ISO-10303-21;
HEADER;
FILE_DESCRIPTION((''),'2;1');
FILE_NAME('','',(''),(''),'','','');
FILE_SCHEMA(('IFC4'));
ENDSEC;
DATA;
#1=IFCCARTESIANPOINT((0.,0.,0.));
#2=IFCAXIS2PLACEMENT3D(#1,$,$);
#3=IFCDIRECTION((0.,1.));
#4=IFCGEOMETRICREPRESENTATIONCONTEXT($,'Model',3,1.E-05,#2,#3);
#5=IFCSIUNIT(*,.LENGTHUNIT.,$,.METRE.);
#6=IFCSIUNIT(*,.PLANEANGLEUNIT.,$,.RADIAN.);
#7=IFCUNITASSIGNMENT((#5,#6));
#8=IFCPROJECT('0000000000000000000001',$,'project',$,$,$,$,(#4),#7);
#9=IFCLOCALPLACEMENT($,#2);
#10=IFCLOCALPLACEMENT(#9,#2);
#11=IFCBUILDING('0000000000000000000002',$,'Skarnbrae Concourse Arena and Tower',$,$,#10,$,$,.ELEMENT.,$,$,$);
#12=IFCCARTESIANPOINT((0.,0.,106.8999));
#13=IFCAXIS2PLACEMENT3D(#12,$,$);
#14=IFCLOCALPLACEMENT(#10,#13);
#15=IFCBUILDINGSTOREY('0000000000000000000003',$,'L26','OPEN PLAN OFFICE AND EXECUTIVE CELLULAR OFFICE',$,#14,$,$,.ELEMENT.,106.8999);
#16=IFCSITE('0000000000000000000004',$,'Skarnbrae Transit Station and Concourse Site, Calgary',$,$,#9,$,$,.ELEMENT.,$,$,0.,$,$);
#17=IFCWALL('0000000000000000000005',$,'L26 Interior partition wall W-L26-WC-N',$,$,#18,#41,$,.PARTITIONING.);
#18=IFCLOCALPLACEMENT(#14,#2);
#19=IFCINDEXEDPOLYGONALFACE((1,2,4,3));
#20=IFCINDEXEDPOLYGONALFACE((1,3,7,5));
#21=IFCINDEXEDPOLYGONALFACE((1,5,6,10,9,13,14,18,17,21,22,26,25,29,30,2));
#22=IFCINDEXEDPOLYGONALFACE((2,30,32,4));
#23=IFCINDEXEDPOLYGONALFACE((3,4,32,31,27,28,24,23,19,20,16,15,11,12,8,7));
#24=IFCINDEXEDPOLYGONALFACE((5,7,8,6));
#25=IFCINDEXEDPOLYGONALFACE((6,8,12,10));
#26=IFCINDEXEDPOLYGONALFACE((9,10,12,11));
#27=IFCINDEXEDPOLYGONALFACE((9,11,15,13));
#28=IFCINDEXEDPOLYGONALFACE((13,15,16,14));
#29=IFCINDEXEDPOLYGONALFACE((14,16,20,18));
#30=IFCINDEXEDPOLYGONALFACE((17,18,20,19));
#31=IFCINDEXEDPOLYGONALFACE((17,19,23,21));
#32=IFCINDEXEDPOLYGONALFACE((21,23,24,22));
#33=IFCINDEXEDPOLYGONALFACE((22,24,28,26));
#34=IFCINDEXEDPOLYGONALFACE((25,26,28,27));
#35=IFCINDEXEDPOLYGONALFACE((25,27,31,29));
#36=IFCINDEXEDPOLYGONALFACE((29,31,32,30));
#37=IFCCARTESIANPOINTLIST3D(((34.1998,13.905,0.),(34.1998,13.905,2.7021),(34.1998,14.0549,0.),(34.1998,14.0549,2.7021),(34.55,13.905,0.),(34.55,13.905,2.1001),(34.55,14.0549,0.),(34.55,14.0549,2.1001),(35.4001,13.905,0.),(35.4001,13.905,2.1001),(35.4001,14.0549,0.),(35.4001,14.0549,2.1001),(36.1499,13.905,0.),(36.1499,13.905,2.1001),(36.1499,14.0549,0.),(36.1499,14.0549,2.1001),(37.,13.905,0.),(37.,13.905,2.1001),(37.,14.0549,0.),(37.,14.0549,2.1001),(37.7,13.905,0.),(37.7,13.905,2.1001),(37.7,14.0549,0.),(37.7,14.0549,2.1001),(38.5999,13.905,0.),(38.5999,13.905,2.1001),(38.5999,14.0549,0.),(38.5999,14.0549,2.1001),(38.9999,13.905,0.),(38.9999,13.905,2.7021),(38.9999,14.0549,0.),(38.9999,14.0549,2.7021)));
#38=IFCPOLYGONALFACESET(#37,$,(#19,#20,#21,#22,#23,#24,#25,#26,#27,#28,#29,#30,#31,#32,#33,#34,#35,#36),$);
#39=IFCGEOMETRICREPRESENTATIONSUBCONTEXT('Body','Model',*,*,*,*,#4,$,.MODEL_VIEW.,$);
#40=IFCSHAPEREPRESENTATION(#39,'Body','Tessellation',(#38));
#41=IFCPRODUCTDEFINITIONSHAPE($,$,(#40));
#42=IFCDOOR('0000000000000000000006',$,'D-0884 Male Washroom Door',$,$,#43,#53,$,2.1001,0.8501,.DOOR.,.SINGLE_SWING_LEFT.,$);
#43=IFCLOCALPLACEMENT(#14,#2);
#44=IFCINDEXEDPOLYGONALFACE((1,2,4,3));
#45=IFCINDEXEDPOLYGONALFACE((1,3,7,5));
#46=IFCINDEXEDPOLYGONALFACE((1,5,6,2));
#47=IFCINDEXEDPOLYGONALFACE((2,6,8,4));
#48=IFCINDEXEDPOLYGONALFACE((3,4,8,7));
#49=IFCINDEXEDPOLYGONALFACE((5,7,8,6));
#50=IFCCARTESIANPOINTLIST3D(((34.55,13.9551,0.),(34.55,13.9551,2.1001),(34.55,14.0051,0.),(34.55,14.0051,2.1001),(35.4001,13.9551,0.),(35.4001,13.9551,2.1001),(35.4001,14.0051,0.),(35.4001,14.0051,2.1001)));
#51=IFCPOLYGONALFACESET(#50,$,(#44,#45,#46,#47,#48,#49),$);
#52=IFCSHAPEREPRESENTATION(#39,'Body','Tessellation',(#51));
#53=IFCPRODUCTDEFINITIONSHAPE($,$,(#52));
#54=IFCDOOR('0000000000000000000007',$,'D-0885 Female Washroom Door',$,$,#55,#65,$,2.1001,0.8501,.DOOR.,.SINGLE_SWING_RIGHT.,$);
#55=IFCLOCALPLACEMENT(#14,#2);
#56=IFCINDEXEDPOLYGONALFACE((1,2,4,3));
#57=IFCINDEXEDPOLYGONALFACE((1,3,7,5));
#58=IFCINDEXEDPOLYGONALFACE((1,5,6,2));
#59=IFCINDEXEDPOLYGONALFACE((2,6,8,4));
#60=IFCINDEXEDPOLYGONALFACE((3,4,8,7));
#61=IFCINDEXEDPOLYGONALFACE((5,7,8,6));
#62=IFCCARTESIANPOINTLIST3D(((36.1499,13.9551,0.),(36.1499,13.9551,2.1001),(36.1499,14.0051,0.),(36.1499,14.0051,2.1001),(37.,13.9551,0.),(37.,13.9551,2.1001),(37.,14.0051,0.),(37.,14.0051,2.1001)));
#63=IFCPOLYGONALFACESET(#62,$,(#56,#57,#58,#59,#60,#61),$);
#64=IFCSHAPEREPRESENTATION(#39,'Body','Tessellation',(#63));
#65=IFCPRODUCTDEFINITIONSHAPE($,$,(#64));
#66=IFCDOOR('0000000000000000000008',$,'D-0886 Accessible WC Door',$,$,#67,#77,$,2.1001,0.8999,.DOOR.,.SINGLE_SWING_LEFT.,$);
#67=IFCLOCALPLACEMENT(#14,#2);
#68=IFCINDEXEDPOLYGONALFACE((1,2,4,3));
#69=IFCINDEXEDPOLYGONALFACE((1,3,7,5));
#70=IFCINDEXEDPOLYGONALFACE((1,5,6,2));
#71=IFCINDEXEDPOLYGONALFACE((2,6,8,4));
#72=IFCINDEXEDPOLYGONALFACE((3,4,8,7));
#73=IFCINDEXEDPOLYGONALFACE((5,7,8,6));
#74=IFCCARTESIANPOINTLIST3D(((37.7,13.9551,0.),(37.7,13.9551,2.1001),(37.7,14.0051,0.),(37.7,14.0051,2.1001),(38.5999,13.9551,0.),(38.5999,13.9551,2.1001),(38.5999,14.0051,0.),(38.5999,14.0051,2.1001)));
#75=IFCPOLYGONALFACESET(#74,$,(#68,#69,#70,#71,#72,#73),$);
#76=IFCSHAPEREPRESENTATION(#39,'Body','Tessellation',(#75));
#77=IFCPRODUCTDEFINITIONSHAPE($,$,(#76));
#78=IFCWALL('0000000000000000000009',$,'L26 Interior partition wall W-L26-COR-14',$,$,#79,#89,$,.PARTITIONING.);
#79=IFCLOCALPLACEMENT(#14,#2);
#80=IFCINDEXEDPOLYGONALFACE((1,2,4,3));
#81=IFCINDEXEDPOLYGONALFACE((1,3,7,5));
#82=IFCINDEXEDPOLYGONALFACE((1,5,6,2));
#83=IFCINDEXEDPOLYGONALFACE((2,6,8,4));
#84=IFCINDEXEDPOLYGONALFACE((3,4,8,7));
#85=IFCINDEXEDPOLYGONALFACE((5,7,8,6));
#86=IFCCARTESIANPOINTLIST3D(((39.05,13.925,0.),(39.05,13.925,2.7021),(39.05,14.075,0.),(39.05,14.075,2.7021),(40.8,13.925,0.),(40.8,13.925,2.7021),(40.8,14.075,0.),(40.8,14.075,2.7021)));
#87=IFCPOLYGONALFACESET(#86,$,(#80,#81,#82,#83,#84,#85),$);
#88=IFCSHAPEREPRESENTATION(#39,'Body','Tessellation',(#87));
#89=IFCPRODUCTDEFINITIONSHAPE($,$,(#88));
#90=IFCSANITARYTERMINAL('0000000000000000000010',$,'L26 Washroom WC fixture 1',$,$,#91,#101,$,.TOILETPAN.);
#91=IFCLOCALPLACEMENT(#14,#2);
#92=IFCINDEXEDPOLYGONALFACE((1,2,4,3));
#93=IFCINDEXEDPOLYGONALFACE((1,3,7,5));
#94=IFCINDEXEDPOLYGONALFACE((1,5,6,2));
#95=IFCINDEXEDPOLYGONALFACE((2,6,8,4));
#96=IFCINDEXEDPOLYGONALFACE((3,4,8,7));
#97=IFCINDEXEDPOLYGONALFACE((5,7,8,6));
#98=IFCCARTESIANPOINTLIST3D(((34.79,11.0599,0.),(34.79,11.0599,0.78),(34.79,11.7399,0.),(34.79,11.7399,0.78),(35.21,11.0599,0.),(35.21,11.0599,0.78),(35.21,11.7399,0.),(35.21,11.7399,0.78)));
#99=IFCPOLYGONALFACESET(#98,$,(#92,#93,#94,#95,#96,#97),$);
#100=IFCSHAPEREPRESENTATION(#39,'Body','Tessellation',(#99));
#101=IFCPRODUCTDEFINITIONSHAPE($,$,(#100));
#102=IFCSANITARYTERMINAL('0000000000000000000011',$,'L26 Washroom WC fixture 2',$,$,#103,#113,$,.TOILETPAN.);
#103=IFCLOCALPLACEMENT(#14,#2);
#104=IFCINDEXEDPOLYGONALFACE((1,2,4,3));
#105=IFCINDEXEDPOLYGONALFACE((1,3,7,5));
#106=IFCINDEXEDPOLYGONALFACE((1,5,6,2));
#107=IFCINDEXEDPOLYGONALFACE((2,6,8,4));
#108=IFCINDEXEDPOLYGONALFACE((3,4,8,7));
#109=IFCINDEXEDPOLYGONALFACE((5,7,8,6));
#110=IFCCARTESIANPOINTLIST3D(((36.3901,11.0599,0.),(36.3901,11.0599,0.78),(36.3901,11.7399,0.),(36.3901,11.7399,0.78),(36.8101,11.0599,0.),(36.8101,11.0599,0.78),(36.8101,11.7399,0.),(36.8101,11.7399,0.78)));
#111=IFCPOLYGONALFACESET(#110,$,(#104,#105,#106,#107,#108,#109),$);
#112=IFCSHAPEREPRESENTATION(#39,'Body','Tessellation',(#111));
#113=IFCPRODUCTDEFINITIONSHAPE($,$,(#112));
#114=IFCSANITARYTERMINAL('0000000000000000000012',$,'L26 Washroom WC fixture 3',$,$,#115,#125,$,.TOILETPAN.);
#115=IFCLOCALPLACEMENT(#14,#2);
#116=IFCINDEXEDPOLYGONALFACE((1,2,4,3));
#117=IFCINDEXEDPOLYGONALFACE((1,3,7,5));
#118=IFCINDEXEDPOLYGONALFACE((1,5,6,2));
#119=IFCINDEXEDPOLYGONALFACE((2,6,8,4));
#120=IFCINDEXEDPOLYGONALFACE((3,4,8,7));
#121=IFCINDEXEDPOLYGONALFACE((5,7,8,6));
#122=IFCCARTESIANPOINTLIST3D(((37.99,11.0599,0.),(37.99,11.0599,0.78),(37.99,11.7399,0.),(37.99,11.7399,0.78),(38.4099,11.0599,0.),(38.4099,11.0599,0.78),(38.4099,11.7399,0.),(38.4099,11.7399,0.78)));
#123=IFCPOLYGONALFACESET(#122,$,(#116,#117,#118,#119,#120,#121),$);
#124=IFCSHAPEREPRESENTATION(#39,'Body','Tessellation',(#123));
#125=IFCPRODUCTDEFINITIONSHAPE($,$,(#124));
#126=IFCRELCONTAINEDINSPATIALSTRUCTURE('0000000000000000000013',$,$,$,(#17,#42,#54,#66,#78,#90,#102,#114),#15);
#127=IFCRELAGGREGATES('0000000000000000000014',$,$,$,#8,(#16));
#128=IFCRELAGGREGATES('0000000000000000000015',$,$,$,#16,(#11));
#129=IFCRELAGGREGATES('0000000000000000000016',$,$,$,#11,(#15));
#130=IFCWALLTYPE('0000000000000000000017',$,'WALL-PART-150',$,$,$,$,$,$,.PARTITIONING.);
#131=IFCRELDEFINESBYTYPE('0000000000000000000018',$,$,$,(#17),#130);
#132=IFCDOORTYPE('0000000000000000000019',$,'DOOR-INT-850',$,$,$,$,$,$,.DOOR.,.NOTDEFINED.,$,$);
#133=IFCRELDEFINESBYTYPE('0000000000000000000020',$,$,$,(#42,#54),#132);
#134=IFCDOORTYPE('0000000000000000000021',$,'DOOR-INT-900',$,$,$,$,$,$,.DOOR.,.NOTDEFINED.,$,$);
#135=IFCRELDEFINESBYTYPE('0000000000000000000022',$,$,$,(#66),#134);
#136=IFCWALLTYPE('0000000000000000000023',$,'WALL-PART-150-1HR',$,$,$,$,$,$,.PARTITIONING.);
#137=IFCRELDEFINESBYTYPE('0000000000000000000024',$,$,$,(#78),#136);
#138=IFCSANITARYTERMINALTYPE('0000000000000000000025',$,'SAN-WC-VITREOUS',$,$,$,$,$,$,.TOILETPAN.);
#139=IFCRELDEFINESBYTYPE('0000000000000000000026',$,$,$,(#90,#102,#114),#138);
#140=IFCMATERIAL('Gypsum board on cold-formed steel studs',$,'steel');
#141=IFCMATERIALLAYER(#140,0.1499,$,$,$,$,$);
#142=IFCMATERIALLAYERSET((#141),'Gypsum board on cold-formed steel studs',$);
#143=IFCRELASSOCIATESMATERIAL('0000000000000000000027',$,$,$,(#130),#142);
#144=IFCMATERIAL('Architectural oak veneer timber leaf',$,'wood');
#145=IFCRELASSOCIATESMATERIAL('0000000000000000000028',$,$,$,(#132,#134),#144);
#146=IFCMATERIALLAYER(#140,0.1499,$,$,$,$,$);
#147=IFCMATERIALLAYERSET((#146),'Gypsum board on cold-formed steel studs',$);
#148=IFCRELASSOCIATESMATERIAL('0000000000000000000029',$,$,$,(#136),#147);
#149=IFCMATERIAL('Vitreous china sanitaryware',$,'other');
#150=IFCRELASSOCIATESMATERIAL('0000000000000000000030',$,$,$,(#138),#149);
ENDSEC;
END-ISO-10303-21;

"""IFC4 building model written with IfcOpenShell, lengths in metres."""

from ifc_helpers import new_model, si_unit, direction, frame, frame_2d, origin, origin_2d, place, context, subcontext, project, spatial, rectangle, extrude, source, transform, mapped, material, layer, layer_set, type_object, element, fill, save


model = new_model("IFC4")

# Units and contexts
model_context = context("Model", 3, precision=1e-05, world=origin(), true_north=direction((0.0, 1.0)))
body_context = subcontext(model_context, "Body", "Model", "MODEL_VIEW")
ifc_project = project(units=[si_unit("LENGTHUNIT", "METRE"), si_unit("PLANEANGLEUNIT", "RADIAN")], contexts=[model_context])

# Site, building, storey
site_placement = place(None, origin())
site = spatial("IfcSite", under=ifc_project, at=site_placement, Name="Skarnbrae Transit Station and Concourse Site, Calgary", CompositionType="ELEMENT", RefElevation=0.0)
building_placement = place(site_placement, origin())
building = spatial("IfcBuilding", under=site, at=building_placement, Name="Skarnbrae Concourse Arena and Tower", CompositionType="ELEMENT")
storey_placement = place(building_placement, frame((0.0, 0.0, 106.8999)))
storey = spatial("IfcBuildingStorey", under=building, at=storey_placement, Name="L26", Description="OPEN PLAN OFFICE AND EXECUTIVE CELLULAR OFFICE", CompositionType="ELEMENT", Elevation=106.8999)

# Shared definitions
ifc_material_1 = material(Name="Gypsum board on cold-formed steel studs", Category="steel")
ifc_layer_1 = layer(ifc_material_1, 0.1499)
ifc_layer_set_1 = layer_set([ifc_layer_1], Name="Gypsum board on cold-formed steel studs")
wall_type_1 = type_object("IfcWallType", Name="WALL-PART-150", PredefinedType="PARTITIONING", material=ifc_layer_set_1)

# Wall, openings, doors
shared_shape_1 = source(origin(), body_context, "Body", "SweptSolid", [
    extrude(rectangle(XDim=4.8, YDim=0.1499, at=frame_2d((2.3999, 0.0))), origin(), (0.0, 0.0, 1.0), 2.7021),
])
wall_1_placement = place(storey_placement, frame((34.2, 13.98, 0.0), z_axis=(0.0, 0.0, 1.0), x_axis=(1.0, 0.0, 0.0)))
wall_1 = element("IfcWall", 1, at=wall_1_placement, inside=storey, type_object=wall_type_1, Name="L26 Interior partition wall W-L26-WC-N", PredefinedType="PARTITIONING", context=body_context, shape_type="MappedRepresentation", body=[
    mapped(shared_shape_1, transform((0.0, 0.0, 0.0))),
])
opening_1_placement = place(wall_1_placement, frame((0.3501, 0.0, 0.0)))
opening_1 = element("IfcOpeningElement", 2, at=opening_1_placement, cuts=wall_1, PredefinedType="OPENING", context=body_context, shape_type="SweptSolid", body=[
    extrude(rectangle(XDim=0.8501, YDim=2.1001, at=frame_2d((0.425, 1.05))), frame((0.0, 0.085, 0.0), z_axis=(0.0, -1.0, 0.0), x_axis=(1.0, 0.0, 0.0)), (0.0, 0.0, 1.0), 0.1699),
])
opening_2_placement = place(wall_1_placement, frame((1.95, 0.0, 0.0)))
opening_2 = element("IfcOpeningElement", 3, at=opening_2_placement, cuts=wall_1, PredefinedType="OPENING", context=body_context, shape_type="SweptSolid", body=[
    extrude(rectangle(XDim=0.8501, YDim=2.1001, at=frame_2d((0.425, 1.05))), frame((0.0, 0.085, 0.0), z_axis=(0.0, -1.0, 0.0), x_axis=(1.0, 0.0, 0.0)), (0.0, 0.0, 1.0), 0.1699),
])
opening_3_placement = place(wall_1_placement, frame((3.5, 0.0, 0.0)))
opening_3 = element("IfcOpeningElement", 4, at=opening_3_placement, cuts=wall_1, PredefinedType="OPENING", context=body_context, shape_type="SweptSolid", body=[
    extrude(rectangle(XDim=0.8999, YDim=2.1001, at=frame_2d((0.45, 1.05))), frame((0.0, 0.085, 0.0), z_axis=(0.0, -1.0, 0.0), x_axis=(1.0, 0.0, 0.0)), (0.0, 0.0, 1.0), 0.1699),
])
ifc_material_2 = material(Name="Architectural oak veneer timber leaf", Category="wood")
door_type_1 = type_object("IfcDoorType", Name="DOOR-INT-850", OperationType="NOTDEFINED", PredefinedType="DOOR", material=ifc_material_2)
shared_shape_2 = source(origin(), body_context, "Body", "SweptSolid", [
    extrude(rectangle(XDim=0.8501, YDim=2.1001, at=frame_2d((0.425, 1.05))), frame((0.0, 0.0249, 0.0), z_axis=(0.0, -1.0, 0.0), x_axis=(1.0, 0.0, 0.0)), (0.0, 0.0, 1.0), 0.05),
])
door_1_placement = place(opening_1_placement, frame((0.8501, 0.0, 0.0), z_axis=(0.0, 0.0, 1.0), x_axis=(-1.0, 0.0, 0.0)))
door_1 = element("IfcDoor", 5, at=door_1_placement, inside=storey, type_object=door_type_1, Name="D-0884 Male Washroom Door", OperationType="SINGLE_SWING_LEFT", OverallHeight=2.1001, OverallWidth=0.8501, PredefinedType="DOOR", context=body_context, shape_type="MappedRepresentation", body=[
    mapped(shared_shape_2, transform((0.0, 0.0, 0.0))),
])
fill(opening_1, door_1)
door_2_placement = place(opening_2_placement, frame((0.8501, 0.0, 0.0), z_axis=(0.0, 0.0, 1.0), x_axis=(-1.0, 0.0, 0.0)))
door_2 = element("IfcDoor", 6, at=door_2_placement, inside=storey, type_object=door_type_1, Name="D-0885 Female Washroom Door", OperationType="SINGLE_SWING_RIGHT", OverallHeight=2.1001, OverallWidth=0.8501, PredefinedType="DOOR", context=body_context, shape_type="MappedRepresentation", body=[
    mapped(shared_shape_2, transform((0.0, 0.0, 0.0))),
])
fill(opening_2, door_2)
door_type_2 = type_object("IfcDoorType", Name="DOOR-INT-900", OperationType="NOTDEFINED", PredefinedType="DOOR", material=ifc_material_2)
shared_shape_3 = source(origin(), body_context, "Body", "SweptSolid", [
    extrude(rectangle(XDim=0.8999, YDim=2.1001, at=frame_2d((0.45, 1.05))), frame((0.0, 0.0249, 0.0), z_axis=(0.0, -1.0, 0.0), x_axis=(1.0, 0.0, 0.0)), (0.0, 0.0, 1.0), 0.05),
])
door_3_placement = place(opening_3_placement, frame((0.8999, 0.0, 0.0), z_axis=(0.0, 0.0, 1.0), x_axis=(-1.0, 0.0, 0.0)))
door_3 = element("IfcDoor", 7, at=door_3_placement, inside=storey, type_object=door_type_2, Name="D-0886 Accessible WC Door", OperationType="SINGLE_SWING_LEFT", OverallHeight=2.1001, OverallWidth=0.8999, PredefinedType="DOOR", context=body_context, shape_type="MappedRepresentation", body=[
    mapped(shared_shape_3, transform((0.0, 0.0, 0.0))),
])
fill(opening_3, door_3)

# Wall
ifc_layer_2 = layer(ifc_material_1, 0.1499)
ifc_layer_set_2 = layer_set([ifc_layer_2], Name="Gypsum board on cold-formed steel studs")
wall_type_2 = type_object("IfcWallType", Name="WALL-PART-150-1HR", PredefinedType="PARTITIONING", material=ifc_layer_set_2)
shared_shape_4 = source(origin(), body_context, "Body", "SweptSolid", [
    extrude(rectangle(XDim=1.75, YDim=0.1499, at=frame_2d((0.875, 0.0))), origin(), (0.0, 0.0, 1.0), 2.7021),
])
wall_2_placement = place(storey_placement, frame((40.8, 14.0, 0.0), z_axis=(0.0, 0.0, 1.0), x_axis=(-1.0, 0.0, 0.0)))
element("IfcWall", 8, at=wall_2_placement, inside=storey, type_object=wall_type_2, Name="L26 Interior partition wall W-L26-COR-14", PredefinedType="PARTITIONING", context=body_context, shape_type="MappedRepresentation", body=[
    mapped(shared_shape_4, transform((0.0, 0.0, 0.0))),
])

# Sanitary terminals
ifc_material_3 = material(Name="Vitreous china sanitaryware", Category="other")
sanitary_terminal_type = type_object("IfcSanitaryTerminalType", Name="SAN-WC-VITREOUS", PredefinedType="TOILETPAN", material=ifc_material_3)
shared_shape_5 = source(origin(), body_context, "Body", "SweptSolid", [
    extrude(rectangle(XDim=0.4199, YDim=0.6799, at=origin_2d()), origin(), (0.0, 0.0, 1.0), 0.78),
])
for number, where, z_axis, x_axis, name in (
    (9, (35.0, 11.3999, 0.0), (0.0, 0.0, 1.0), (1.0, 0.0, 0.0), "L26 Washroom WC fixture 1"),
    (10, (36.6001, 11.3999, 0.0), (0.0, 0.0, 1.0), (1.0, 0.0, 0.0), "L26 Washroom WC fixture 2"),
    (11, (38.2, 11.3999, 0.0), (0.0, 0.0, 1.0), (1.0, 0.0, 0.0), "L26 Washroom WC fixture 3"),
):
    element("IfcSanitaryTerminal", number, at=place(storey_placement, frame(where, z_axis=z_axis, x_axis=x_axis)), inside=storey, type_object=sanitary_terminal_type, Name=name, PredefinedType="TOILETPAN", context=body_context, shape_type="MappedRepresentation", body=[
        mapped(shared_shape_5, transform((0.0, 0.0, 0.0))),
    ])

save(model, "model.ifc")
